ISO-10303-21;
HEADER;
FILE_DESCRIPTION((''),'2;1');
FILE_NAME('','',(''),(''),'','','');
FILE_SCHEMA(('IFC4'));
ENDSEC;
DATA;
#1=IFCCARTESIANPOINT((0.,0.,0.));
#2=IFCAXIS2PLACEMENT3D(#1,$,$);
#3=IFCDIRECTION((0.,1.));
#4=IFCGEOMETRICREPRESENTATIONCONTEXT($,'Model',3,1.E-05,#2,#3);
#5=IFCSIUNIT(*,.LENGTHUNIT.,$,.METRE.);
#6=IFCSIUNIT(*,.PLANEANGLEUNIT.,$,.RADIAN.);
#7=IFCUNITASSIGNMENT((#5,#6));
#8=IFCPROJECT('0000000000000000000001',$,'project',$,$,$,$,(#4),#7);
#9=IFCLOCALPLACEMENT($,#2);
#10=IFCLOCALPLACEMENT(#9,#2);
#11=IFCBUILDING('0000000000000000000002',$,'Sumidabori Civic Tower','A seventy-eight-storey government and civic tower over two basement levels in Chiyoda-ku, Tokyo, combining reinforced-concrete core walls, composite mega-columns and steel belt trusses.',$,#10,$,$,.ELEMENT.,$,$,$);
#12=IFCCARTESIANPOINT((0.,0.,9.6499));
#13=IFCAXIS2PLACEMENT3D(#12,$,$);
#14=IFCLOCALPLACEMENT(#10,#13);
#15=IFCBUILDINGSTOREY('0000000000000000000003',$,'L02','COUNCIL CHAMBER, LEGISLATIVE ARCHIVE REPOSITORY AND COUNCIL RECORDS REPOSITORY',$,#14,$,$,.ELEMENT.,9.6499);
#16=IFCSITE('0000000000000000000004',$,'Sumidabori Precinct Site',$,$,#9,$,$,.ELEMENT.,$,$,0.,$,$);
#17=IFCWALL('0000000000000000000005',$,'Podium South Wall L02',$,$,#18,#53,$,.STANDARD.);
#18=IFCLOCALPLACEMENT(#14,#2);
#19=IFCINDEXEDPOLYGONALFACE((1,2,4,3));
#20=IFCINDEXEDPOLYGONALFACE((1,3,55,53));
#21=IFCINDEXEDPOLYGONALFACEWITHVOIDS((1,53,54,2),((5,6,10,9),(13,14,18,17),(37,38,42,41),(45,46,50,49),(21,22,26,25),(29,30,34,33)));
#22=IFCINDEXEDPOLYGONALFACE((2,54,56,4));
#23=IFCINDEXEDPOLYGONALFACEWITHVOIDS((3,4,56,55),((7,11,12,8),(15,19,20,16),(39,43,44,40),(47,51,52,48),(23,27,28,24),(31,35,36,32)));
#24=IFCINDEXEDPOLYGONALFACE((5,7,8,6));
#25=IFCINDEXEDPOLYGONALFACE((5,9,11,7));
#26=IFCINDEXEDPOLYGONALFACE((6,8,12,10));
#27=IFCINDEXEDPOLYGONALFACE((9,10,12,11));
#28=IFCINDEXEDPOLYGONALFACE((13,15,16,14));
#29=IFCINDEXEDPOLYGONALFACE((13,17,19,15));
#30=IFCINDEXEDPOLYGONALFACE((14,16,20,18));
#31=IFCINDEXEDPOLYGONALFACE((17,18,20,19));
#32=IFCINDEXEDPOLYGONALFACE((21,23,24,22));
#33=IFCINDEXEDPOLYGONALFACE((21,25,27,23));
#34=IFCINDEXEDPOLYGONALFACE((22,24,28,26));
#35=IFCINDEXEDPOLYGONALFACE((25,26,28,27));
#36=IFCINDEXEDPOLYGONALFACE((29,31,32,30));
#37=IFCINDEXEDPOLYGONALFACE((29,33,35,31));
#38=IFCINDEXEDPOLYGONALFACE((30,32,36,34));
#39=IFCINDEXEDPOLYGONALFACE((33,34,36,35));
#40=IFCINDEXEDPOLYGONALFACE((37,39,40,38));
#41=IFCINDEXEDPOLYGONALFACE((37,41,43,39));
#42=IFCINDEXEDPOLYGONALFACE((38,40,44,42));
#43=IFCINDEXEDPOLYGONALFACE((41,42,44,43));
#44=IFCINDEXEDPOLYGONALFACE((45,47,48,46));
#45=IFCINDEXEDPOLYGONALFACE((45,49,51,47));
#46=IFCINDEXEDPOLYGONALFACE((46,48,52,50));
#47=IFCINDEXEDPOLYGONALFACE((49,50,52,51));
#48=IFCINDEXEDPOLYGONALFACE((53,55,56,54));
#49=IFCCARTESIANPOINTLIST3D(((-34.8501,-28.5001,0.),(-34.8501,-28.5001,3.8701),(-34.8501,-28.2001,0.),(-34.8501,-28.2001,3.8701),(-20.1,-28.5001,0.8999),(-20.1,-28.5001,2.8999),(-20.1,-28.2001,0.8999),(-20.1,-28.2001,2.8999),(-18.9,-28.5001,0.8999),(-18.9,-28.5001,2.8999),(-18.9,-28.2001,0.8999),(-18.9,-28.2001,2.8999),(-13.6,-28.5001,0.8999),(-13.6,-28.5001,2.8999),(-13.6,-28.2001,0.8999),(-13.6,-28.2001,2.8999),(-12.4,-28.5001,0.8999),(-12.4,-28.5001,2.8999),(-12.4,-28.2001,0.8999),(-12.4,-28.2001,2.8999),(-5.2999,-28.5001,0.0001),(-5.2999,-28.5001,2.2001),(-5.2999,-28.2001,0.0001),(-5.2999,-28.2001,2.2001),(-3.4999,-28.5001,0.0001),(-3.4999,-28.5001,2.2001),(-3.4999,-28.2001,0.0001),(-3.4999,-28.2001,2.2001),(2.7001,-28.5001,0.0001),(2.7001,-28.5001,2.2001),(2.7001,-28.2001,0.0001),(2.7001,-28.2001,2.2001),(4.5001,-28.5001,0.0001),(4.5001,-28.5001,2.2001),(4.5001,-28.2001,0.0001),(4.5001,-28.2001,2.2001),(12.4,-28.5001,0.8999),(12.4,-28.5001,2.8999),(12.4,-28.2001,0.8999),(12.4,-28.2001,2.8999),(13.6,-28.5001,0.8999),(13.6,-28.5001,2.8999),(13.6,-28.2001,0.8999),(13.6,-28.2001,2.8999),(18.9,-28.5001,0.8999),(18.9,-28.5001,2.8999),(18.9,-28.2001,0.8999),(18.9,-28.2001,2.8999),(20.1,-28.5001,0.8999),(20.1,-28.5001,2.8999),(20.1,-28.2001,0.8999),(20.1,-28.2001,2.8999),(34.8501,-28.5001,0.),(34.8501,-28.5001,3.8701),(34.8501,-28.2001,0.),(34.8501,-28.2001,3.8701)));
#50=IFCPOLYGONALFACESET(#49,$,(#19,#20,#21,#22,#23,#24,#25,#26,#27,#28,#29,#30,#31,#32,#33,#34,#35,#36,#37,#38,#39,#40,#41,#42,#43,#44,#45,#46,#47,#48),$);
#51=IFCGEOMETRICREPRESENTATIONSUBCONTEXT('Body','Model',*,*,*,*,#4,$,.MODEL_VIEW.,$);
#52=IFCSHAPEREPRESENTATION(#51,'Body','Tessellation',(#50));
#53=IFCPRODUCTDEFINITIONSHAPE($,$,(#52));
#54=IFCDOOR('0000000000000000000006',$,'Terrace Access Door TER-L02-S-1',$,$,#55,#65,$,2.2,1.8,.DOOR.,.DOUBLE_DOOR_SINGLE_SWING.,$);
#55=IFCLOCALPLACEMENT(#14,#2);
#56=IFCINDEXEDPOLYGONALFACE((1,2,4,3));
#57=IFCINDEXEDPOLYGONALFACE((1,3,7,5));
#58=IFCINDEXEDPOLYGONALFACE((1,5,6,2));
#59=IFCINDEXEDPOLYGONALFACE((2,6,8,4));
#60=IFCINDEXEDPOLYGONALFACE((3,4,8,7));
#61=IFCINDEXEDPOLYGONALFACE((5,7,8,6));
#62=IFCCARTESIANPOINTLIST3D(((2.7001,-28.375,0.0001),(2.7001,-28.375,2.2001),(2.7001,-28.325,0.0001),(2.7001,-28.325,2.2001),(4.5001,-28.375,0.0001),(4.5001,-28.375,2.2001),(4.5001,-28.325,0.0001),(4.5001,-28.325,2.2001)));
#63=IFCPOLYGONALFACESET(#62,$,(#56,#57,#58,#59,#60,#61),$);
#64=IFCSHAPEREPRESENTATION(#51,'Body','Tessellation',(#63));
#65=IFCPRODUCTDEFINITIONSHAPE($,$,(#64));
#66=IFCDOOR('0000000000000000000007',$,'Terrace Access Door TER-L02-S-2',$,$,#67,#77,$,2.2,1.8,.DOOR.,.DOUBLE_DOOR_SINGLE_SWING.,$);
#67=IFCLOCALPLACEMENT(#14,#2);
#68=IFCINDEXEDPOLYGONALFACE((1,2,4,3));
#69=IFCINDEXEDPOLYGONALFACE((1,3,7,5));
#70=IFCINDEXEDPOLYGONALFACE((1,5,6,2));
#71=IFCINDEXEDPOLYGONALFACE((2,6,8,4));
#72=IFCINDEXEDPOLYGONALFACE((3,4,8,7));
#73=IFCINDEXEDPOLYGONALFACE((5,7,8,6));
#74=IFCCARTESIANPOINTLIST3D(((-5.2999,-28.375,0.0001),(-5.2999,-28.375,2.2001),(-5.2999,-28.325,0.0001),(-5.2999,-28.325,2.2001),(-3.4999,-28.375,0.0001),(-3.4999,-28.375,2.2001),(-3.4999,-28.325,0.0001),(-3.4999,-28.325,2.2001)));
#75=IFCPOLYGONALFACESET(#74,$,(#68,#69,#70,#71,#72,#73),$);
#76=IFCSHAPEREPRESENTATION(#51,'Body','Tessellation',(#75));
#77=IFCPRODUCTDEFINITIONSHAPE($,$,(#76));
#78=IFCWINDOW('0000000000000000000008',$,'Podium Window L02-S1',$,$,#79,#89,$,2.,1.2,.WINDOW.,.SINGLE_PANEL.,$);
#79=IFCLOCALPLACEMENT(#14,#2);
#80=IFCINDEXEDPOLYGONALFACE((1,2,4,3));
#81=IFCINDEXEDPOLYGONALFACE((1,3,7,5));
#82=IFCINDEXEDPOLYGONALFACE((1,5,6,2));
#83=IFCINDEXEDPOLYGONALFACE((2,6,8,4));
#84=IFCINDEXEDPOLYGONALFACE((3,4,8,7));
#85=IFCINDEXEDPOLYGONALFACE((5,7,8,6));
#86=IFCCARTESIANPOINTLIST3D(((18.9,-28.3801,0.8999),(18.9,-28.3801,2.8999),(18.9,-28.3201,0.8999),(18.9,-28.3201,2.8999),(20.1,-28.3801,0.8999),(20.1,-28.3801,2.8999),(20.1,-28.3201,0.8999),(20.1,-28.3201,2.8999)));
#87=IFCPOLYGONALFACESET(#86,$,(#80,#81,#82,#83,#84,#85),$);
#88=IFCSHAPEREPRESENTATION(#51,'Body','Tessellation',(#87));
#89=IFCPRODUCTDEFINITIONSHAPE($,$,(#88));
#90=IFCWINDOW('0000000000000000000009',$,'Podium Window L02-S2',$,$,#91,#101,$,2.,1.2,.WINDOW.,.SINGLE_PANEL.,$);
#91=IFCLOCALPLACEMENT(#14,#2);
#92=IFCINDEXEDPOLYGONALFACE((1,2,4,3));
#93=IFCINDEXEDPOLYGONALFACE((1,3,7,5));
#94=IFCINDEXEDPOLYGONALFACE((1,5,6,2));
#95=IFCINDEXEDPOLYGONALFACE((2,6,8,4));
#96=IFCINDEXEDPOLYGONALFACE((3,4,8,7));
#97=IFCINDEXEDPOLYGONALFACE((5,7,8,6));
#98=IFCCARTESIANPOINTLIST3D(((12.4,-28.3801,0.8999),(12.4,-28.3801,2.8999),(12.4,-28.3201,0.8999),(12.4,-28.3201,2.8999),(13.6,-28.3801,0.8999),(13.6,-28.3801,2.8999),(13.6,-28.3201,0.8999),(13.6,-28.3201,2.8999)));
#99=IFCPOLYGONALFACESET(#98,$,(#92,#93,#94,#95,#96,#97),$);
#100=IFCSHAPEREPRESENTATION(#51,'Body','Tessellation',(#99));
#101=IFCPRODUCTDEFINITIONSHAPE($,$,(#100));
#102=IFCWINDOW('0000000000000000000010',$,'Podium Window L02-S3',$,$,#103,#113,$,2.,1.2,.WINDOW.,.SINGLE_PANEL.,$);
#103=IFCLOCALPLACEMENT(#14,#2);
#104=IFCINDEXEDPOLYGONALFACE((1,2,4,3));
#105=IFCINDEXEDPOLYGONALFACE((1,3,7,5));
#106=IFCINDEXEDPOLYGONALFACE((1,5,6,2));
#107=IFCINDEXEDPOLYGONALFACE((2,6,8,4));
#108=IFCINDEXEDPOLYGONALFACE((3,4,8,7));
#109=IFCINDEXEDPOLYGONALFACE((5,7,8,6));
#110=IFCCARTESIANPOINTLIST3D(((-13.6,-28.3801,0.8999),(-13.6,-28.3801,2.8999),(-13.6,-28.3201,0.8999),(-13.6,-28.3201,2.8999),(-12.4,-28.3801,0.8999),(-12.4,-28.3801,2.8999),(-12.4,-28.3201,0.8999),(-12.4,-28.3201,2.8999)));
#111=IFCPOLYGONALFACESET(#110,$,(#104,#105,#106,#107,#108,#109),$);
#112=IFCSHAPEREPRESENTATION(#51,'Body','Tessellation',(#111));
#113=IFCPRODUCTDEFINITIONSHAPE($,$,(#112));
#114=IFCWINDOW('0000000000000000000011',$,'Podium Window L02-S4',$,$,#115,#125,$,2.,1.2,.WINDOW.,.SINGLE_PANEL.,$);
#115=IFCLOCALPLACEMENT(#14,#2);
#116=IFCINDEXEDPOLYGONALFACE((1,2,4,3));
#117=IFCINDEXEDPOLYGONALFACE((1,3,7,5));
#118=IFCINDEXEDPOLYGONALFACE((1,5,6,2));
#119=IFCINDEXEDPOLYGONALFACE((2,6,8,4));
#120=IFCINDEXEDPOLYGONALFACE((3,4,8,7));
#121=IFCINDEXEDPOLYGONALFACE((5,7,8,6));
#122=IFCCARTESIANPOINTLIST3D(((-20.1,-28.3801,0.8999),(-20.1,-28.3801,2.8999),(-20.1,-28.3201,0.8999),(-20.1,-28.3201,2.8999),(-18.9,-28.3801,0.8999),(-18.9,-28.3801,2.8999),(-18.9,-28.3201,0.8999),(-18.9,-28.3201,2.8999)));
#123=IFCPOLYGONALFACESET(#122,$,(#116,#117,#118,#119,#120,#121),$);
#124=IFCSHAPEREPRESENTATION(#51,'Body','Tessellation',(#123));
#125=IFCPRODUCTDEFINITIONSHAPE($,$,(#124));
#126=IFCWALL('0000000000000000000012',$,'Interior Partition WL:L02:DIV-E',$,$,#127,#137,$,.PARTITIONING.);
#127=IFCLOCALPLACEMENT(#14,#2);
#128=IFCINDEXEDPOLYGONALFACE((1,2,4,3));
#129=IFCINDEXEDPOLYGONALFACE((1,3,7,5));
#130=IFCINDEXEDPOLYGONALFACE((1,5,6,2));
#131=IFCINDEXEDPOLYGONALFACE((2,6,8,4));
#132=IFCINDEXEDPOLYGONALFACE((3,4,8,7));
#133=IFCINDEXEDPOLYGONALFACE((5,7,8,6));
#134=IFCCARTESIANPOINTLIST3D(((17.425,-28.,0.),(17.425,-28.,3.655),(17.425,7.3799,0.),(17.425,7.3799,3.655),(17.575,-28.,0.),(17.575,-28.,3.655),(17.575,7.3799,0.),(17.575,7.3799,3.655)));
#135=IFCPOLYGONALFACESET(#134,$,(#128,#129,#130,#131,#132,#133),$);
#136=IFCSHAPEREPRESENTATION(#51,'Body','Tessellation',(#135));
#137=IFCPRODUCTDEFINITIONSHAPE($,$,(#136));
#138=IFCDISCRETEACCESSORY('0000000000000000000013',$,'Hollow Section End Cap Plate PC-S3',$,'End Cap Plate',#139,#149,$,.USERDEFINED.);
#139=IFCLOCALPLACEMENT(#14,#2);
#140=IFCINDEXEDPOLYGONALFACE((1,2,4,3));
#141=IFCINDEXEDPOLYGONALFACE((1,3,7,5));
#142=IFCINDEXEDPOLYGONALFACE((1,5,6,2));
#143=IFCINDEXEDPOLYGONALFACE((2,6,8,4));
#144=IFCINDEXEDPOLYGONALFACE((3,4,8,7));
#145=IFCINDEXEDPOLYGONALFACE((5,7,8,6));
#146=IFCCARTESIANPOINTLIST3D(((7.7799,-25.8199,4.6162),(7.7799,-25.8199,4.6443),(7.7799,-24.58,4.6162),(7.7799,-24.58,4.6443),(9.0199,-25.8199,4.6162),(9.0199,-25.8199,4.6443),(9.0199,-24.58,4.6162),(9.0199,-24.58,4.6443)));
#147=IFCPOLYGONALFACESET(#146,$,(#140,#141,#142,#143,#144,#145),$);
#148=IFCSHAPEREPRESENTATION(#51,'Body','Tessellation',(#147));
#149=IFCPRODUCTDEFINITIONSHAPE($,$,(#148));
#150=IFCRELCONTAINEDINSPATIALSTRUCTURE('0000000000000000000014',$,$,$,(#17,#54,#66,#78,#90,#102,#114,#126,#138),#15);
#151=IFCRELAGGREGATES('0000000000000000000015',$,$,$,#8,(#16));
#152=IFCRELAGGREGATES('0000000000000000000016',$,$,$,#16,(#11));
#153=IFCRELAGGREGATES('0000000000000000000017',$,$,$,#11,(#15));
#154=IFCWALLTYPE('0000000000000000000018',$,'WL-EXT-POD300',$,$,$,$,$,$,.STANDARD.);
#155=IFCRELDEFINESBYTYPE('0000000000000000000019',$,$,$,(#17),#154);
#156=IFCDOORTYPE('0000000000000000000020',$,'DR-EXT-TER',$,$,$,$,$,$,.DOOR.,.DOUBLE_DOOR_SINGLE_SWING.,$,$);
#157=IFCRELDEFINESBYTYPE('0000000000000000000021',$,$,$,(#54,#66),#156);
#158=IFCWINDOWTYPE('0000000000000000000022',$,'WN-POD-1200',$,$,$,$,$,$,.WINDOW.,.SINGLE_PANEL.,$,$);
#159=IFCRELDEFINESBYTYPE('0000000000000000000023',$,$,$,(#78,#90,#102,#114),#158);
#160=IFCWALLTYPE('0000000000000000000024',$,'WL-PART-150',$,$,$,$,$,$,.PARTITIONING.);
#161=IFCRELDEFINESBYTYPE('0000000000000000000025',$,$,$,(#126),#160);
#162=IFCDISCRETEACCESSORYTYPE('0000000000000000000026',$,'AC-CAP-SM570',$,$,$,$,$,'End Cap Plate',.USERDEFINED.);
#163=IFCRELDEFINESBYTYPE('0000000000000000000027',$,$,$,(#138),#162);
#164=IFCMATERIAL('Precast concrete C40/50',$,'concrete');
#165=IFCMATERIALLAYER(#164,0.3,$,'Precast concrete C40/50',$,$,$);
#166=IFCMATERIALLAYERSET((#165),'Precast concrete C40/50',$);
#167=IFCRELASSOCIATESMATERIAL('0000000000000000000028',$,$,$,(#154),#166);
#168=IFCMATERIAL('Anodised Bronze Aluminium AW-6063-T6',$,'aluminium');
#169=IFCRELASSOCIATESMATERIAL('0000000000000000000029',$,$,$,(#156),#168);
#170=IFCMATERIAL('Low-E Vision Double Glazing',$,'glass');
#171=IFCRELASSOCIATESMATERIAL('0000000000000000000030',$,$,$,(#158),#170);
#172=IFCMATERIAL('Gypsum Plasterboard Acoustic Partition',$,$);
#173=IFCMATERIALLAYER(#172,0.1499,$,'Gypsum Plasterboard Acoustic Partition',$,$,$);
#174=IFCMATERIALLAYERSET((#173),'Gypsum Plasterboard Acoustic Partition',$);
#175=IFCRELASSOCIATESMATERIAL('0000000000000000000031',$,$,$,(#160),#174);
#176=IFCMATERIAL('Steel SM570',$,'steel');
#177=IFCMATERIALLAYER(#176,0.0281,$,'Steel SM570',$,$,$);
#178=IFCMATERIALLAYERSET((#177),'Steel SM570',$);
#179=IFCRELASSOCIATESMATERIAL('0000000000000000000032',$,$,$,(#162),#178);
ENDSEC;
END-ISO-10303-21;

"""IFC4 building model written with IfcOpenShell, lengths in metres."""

from ifc_helpers import new_model, si_unit, direction, frame, frame_2d, origin, origin_2d, place, context, subcontext, project, spatial, rectangle, extrude, source, transform, mapped, material, layer, layer_set, type_object, element, fill, save


model = new_model("IFC4")

# Units and contexts
model_context = context("Model", 3, precision=1e-05, world=origin(), true_north=direction((0.0, 1.0)))
body_context = subcontext(model_context, "Body", "Model", "MODEL_VIEW")
ifc_project = project(units=[si_unit("LENGTHUNIT", "METRE"), si_unit("PLANEANGLEUNIT", "RADIAN")], contexts=[model_context])

# Site, building, storey
site_placement = place(None, origin())
site = spatial("IfcSite", under=ifc_project, at=site_placement, Name="Sumidabori Precinct Site", CompositionType="ELEMENT", RefElevation=0.0)
building_placement = place(site_placement, origin())
building = spatial("IfcBuilding", under=site, at=building_placement, Name="Sumidabori Civic Tower", Description="A seventy-eight-storey government and civic tower over two basement levels in Chiyoda-ku, Tokyo, combining reinforced-concrete core walls, composite mega-columns and steel belt trusses.", CompositionType="ELEMENT")
storey_placement = place(building_placement, frame((0.0, 0.0, 9.6499)))
storey = spatial("IfcBuildingStorey", under=building, at=storey_placement, Name="L02", Description="COUNCIL CHAMBER, LEGISLATIVE ARCHIVE REPOSITORY AND COUNCIL RECORDS REPOSITORY", CompositionType="ELEMENT", Elevation=9.6499)

# Shared definitions
ifc_material_1 = material(Name="Steel SM570", Category="steel")

# Wall, openings, doors, windows
ifc_material_2 = material(Name="Precast concrete C40/50", Category="concrete")
ifc_layer_1 = layer(ifc_material_2, 0.3, Name="Precast concrete C40/50")
ifc_layer_set_1 = layer_set([ifc_layer_1], Name="Precast concrete C40/50")
wall_type_1 = type_object("IfcWallType", Name="WL-EXT-POD300", PredefinedType="STANDARD", material=ifc_layer_set_1)
shared_shape_1 = source(origin(), body_context, "Body", "SweptSolid", [
    extrude(rectangle(XDim=69.7002, YDim=0.3, at=frame_2d((34.8501, 0.0))), origin(), (0.0, 0.0, 1.0), 3.8701),
])
wall_1_placement = place(storey_placement, frame((34.8501, -28.3501, 0.0), z_axis=(0.0, 0.0, 1.0), x_axis=(-1.0, 0.0, 0.0)))
wall_1 = element("IfcWall", 1, at=wall_1_placement, inside=storey, type_object=wall_type_1, Name="Podium South Wall L02", PredefinedType="STANDARD", context=body_context, shape_type="MappedRepresentation", body=[
    mapped(shared_shape_1, transform((0.0, 0.0, 0.0), x_axis=(1.0, 0.0, 0.0), y_axis=(0.0, 1.0, 0.0), z_axis=(0.0, 0.0, 1.0), scale=1.0)),
])
opening_1_placement = place(wall_1_placement, frame((14.75, 0.0, 0.8999)))
opening_1 = element("IfcOpeningElement", 2, at=opening_1_placement, cuts=wall_1, PredefinedType="OPENING", context=body_context, shape_type="SweptSolid", body=[
    extrude(rectangle(XDim=1.2, YDim=2.0, at=frame_2d((0.6001, 1.0))), frame((0.0, 0.1621, 0.0), z_axis=(0.0, -1.0, 0.0), x_axis=(1.0, 0.0, 0.0)), (0.0, 0.0, 1.0), 0.324),
])
opening_2_placement = place(wall_1_placement, frame((21.25, 0.0, 0.8999)))
opening_2 = element("IfcOpeningElement", 3, at=opening_2_placement, cuts=wall_1, PredefinedType="OPENING", context=body_context, shape_type="SweptSolid", body=[
    extrude(rectangle(XDim=1.2, YDim=2.0, at=frame_2d((0.6001, 1.0))), frame((0.0, 0.1621, 0.0), z_axis=(0.0, -1.0, 0.0), x_axis=(1.0, 0.0, 0.0)), (0.0, 0.0, 1.0), 0.324),
])
opening_3_placement = place(wall_1_placement, frame((47.25, 0.0, 0.8999)))
opening_3 = element("IfcOpeningElement", 4, at=opening_3_placement, cuts=wall_1, PredefinedType="OPENING", context=body_context, shape_type="SweptSolid", body=[
    extrude(rectangle(XDim=1.2, YDim=2.0, at=frame_2d((0.6001, 1.0))), frame((0.0, 0.1621, 0.0), z_axis=(0.0, -1.0, 0.0), x_axis=(1.0, 0.0, 0.0)), (0.0, 0.0, 1.0), 0.324),
])
opening_4_placement = place(wall_1_placement, frame((53.75, 0.0, 0.8999)))
opening_4 = element("IfcOpeningElement", 5, at=opening_4_placement, cuts=wall_1, PredefinedType="OPENING", context=body_context, shape_type="SweptSolid", body=[
    extrude(rectangle(XDim=1.2, YDim=2.0, at=frame_2d((0.6001, 1.0))), frame((0.0, 0.1621, 0.0), z_axis=(0.0, -1.0, 0.0), x_axis=(1.0, 0.0, 0.0)), (0.0, 0.0, 1.0), 0.324),
])
opening_5_placement = place(wall_1_placement, frame((30.3501, 0.0, 0.0)))
opening_5 = element("IfcOpeningElement", 6, at=opening_5_placement, cuts=wall_1, PredefinedType="OPENING", context=body_context, shape_type="SweptSolid", body=[
    extrude(rectangle(XDim=1.8, YDim=2.2, at=frame_2d((0.8999, 1.1001))), frame((0.0, 0.1621, 0.0), z_axis=(0.0, -1.0, 0.0), x_axis=(1.0, 0.0, 0.0)), (0.0, 0.0, 1.0), 0.324),
])
opening_6_placement = place(wall_1_placement, frame((38.3501, 0.0, 0.0)))
opening_6 = element("IfcOpeningElement", 7, at=opening_6_placement, cuts=wall_1, PredefinedType="OPENING", context=body_context, shape_type="SweptSolid", body=[
    extrude(rectangle(XDim=1.8, YDim=2.2, at=frame_2d((0.8999, 1.1001))), frame((0.0, 0.1621, 0.0), z_axis=(0.0, -1.0, 0.0), x_axis=(1.0, 0.0, 0.0)), (0.0, 0.0, 1.0), 0.324),
])
ifc_material_3 = material(Name="Anodised Bronze Aluminium AW-6063-T6", Category="aluminium")
door_type = type_object("IfcDoorType", Name="DR-EXT-TER", OperationType="DOUBLE_DOOR_SINGLE_SWING", PredefinedType="DOOR", material=ifc_material_3)
shared_shape_2 = source(origin(), body_context, "Body", "SweptSolid", [
    extrude(rectangle(XDim=1.8, YDim=2.2, at=frame_2d((0.8999, 1.1001))), frame((0.0, 0.0249, 0.0), z_axis=(0.0, -1.0, 0.0), x_axis=(1.0, 0.0, 0.0)), (0.0, 0.0, 1.0), 0.05),
])
door_1_placement = place(opening_5_placement, origin())
door_1 = element("IfcDoor", 8, at=door_1_placement, inside=storey, type_object=door_type, Name="Terrace Access Door TER-L02-S-1", OperationType="DOUBLE_DOOR_SINGLE_SWING", OverallHeight=2.2, OverallWidth=1.8, PredefinedType="DOOR", context=body_context, shape_type="MappedRepresentation", body=[
    mapped(shared_shape_2, transform((0.0, 0.0, 0.0), x_axis=(1.0, 0.0, 0.0), y_axis=(0.0, 1.0, 0.0), z_axis=(0.0, 0.0, 1.0), scale=1.0)),
])
fill(opening_5, door_1)
door_2_placement = place(opening_6_placement, origin())
door_2 = element("IfcDoor", 9, at=door_2_placement, inside=storey, type_object=door_type, Name="Terrace Access Door TER-L02-S-2", OperationType="DOUBLE_DOOR_SINGLE_SWING", OverallHeight=2.2, OverallWidth=1.8, PredefinedType="DOOR", context=body_context, shape_type="MappedRepresentation", body=[
    mapped(shared_shape_2, transform((0.0, 0.0, 0.0), x_axis=(1.0, 0.0, 0.0), y_axis=(0.0, 1.0, 0.0), z_axis=(0.0, 0.0, 1.0), scale=1.0)),
])
fill(opening_6, door_2)
ifc_material_4 = material(Name="Low-E Vision Double Glazing", Category="glass")
window_type = type_object("IfcWindowType", Name="WN-POD-1200", PartitioningType="SINGLE_PANEL", PredefinedType="WINDOW", material=ifc_material_4)
shared_shape_3 = source(origin(), body_context, "Body", "SweptSolid", [
    extrude(rectangle(XDim=1.2, YDim=2.0, at=frame_2d((0.6001, 1.0))), frame((0.0, 0.03, 0.0), z_axis=(0.0, -1.0, 0.0), x_axis=(1.0, 0.0, 0.0)), (0.0, 0.0, 1.0), 0.0601),
])
window_1_placement = place(opening_1_placement, origin())
window_1 = element("IfcWindow", 10, at=window_1_placement, inside=storey, type_object=window_type, Name="Podium Window L02-S1", OverallHeight=2.0, OverallWidth=1.2, PartitioningType="SINGLE_PANEL", PredefinedType="WINDOW", context=body_context, shape_type="MappedRepresentation", body=[
    mapped(shared_shape_3, transform((0.0, 0.0, 0.0), x_axis=(1.0, 0.0, 0.0), y_axis=(0.0, 1.0, 0.0), z_axis=(0.0, 0.0, 1.0), scale=1.0)),
])
fill(opening_1, window_1)
window_2_placement = place(opening_2_placement, origin())
window_2 = element("IfcWindow", 11, at=window_2_placement, inside=storey, type_object=window_type, Name="Podium Window L02-S2", OverallHeight=2.0, OverallWidth=1.2, PartitioningType="SINGLE_PANEL", PredefinedType="WINDOW", context=body_context, shape_type="MappedRepresentation", body=[
    mapped(shared_shape_3, transform((0.0, 0.0, 0.0), x_axis=(1.0, 0.0, 0.0), y_axis=(0.0, 1.0, 0.0), z_axis=(0.0, 0.0, 1.0), scale=1.0)),
])
fill(opening_2, window_2)
window_3_placement = place(opening_3_placement, origin())
window_3 = element("IfcWindow", 12, at=window_3_placement, inside=storey, type_object=window_type, Name="Podium Window L02-S3", OverallHeight=2.0, OverallWidth=1.2, PartitioningType="SINGLE_PANEL", PredefinedType="WINDOW", context=body_context, shape_type="MappedRepresentation", body=[
    mapped(shared_shape_3, transform((0.0, 0.0, 0.0), x_axis=(1.0, 0.0, 0.0), y_axis=(0.0, 1.0, 0.0), z_axis=(0.0, 0.0, 1.0), scale=1.0)),
])
fill(opening_3, window_3)
window_4_placement = place(opening_4_placement, origin())
window_4 = element("IfcWindow", 13, at=window_4_placement, inside=storey, type_object=window_type, Name="Podium Window L02-S4", OverallHeight=2.0, OverallWidth=1.2, PartitioningType="SINGLE_PANEL", PredefinedType="WINDOW", context=body_context, shape_type="MappedRepresentation", body=[
    mapped(shared_shape_3, transform((0.0, 0.0, 0.0), x_axis=(1.0, 0.0, 0.0), y_axis=(0.0, 1.0, 0.0), z_axis=(0.0, 0.0, 1.0), scale=1.0)),
])
fill(opening_4, window_4)

# Wall
ifc_material_5 = material(Name="Gypsum Plasterboard Acoustic Partition")
ifc_layer_2 = layer(ifc_material_5, 0.1499, Name="Gypsum Plasterboard Acoustic Partition")
ifc_layer_set_2 = layer_set([ifc_layer_2], Name="Gypsum Plasterboard Acoustic Partition")
wall_type_2 = type_object("IfcWallType", Name="WL-PART-150", PredefinedType="PARTITIONING", material=ifc_layer_set_2)
shared_shape_4 = source(origin(), body_context, "Body", "SweptSolid", [
    extrude(rectangle(XDim=35.3799, YDim=0.1499, at=frame_2d((17.6899, 0.0))), origin(), (0.0, 0.0, 1.0), 3.655),
])
wall_2_placement = place(storey_placement, frame((17.5, -28.0, 0.0), z_axis=(0.0, 0.0, 1.0), x_axis=(0.0, 1.0, 0.0)))
element("IfcWall", 14, at=wall_2_placement, inside=storey, type_object=wall_type_2, Name="Interior Partition WL:L02:DIV-E", PredefinedType="PARTITIONING", context=body_context, shape_type="MappedRepresentation", body=[
    mapped(shared_shape_4, transform((0.0, 0.0, 0.0), x_axis=(1.0, 0.0, 0.0), y_axis=(0.0, 1.0, 0.0), z_axis=(0.0, 0.0, 1.0), scale=1.0)),
])

# Discrete accessory
ifc_layer_3 = layer(ifc_material_1, 0.0281, Name="Steel SM570")
ifc_layer_set_3 = layer_set([ifc_layer_3], Name="Steel SM570")
discrete_accessory_type = type_object("IfcDiscreteAccessoryType", Name="AC-CAP-SM570", ElementType="End Cap Plate", PredefinedType="USERDEFINED", material=ifc_layer_set_3)
shared_shape_5 = source(origin(), body_context, "Body", "SweptSolid", [
    extrude(rectangle(XDim=1.24, YDim=1.24, at=origin_2d()), origin(), (0.0, 0.0, 1.0), 0.0281),
])
for number, where, z_axis, x_axis, name in (
    (15, (8.3999, -25.2, 4.6162), (0.0, 0.0, 1.0), (1.0, 0.0, 0.0), "Hollow Section End Cap Plate PC-S3"),
):
    element("IfcDiscreteAccessory", number, at=place(storey_placement, frame(where, z_axis=z_axis, x_axis=x_axis)), inside=storey, type_object=discrete_accessory_type, Name=name, ObjectType="End Cap Plate", PredefinedType="USERDEFINED", context=body_context, shape_type="MappedRepresentation", body=[
        mapped(shared_shape_5, transform((0.0, 0.0, 0.0), x_axis=(1.0, 0.0, 0.0), y_axis=(0.0, 1.0, 0.0), z_axis=(0.0, 0.0, 1.0), scale=1.0)),
    ])

save(model, "model.ifc")
